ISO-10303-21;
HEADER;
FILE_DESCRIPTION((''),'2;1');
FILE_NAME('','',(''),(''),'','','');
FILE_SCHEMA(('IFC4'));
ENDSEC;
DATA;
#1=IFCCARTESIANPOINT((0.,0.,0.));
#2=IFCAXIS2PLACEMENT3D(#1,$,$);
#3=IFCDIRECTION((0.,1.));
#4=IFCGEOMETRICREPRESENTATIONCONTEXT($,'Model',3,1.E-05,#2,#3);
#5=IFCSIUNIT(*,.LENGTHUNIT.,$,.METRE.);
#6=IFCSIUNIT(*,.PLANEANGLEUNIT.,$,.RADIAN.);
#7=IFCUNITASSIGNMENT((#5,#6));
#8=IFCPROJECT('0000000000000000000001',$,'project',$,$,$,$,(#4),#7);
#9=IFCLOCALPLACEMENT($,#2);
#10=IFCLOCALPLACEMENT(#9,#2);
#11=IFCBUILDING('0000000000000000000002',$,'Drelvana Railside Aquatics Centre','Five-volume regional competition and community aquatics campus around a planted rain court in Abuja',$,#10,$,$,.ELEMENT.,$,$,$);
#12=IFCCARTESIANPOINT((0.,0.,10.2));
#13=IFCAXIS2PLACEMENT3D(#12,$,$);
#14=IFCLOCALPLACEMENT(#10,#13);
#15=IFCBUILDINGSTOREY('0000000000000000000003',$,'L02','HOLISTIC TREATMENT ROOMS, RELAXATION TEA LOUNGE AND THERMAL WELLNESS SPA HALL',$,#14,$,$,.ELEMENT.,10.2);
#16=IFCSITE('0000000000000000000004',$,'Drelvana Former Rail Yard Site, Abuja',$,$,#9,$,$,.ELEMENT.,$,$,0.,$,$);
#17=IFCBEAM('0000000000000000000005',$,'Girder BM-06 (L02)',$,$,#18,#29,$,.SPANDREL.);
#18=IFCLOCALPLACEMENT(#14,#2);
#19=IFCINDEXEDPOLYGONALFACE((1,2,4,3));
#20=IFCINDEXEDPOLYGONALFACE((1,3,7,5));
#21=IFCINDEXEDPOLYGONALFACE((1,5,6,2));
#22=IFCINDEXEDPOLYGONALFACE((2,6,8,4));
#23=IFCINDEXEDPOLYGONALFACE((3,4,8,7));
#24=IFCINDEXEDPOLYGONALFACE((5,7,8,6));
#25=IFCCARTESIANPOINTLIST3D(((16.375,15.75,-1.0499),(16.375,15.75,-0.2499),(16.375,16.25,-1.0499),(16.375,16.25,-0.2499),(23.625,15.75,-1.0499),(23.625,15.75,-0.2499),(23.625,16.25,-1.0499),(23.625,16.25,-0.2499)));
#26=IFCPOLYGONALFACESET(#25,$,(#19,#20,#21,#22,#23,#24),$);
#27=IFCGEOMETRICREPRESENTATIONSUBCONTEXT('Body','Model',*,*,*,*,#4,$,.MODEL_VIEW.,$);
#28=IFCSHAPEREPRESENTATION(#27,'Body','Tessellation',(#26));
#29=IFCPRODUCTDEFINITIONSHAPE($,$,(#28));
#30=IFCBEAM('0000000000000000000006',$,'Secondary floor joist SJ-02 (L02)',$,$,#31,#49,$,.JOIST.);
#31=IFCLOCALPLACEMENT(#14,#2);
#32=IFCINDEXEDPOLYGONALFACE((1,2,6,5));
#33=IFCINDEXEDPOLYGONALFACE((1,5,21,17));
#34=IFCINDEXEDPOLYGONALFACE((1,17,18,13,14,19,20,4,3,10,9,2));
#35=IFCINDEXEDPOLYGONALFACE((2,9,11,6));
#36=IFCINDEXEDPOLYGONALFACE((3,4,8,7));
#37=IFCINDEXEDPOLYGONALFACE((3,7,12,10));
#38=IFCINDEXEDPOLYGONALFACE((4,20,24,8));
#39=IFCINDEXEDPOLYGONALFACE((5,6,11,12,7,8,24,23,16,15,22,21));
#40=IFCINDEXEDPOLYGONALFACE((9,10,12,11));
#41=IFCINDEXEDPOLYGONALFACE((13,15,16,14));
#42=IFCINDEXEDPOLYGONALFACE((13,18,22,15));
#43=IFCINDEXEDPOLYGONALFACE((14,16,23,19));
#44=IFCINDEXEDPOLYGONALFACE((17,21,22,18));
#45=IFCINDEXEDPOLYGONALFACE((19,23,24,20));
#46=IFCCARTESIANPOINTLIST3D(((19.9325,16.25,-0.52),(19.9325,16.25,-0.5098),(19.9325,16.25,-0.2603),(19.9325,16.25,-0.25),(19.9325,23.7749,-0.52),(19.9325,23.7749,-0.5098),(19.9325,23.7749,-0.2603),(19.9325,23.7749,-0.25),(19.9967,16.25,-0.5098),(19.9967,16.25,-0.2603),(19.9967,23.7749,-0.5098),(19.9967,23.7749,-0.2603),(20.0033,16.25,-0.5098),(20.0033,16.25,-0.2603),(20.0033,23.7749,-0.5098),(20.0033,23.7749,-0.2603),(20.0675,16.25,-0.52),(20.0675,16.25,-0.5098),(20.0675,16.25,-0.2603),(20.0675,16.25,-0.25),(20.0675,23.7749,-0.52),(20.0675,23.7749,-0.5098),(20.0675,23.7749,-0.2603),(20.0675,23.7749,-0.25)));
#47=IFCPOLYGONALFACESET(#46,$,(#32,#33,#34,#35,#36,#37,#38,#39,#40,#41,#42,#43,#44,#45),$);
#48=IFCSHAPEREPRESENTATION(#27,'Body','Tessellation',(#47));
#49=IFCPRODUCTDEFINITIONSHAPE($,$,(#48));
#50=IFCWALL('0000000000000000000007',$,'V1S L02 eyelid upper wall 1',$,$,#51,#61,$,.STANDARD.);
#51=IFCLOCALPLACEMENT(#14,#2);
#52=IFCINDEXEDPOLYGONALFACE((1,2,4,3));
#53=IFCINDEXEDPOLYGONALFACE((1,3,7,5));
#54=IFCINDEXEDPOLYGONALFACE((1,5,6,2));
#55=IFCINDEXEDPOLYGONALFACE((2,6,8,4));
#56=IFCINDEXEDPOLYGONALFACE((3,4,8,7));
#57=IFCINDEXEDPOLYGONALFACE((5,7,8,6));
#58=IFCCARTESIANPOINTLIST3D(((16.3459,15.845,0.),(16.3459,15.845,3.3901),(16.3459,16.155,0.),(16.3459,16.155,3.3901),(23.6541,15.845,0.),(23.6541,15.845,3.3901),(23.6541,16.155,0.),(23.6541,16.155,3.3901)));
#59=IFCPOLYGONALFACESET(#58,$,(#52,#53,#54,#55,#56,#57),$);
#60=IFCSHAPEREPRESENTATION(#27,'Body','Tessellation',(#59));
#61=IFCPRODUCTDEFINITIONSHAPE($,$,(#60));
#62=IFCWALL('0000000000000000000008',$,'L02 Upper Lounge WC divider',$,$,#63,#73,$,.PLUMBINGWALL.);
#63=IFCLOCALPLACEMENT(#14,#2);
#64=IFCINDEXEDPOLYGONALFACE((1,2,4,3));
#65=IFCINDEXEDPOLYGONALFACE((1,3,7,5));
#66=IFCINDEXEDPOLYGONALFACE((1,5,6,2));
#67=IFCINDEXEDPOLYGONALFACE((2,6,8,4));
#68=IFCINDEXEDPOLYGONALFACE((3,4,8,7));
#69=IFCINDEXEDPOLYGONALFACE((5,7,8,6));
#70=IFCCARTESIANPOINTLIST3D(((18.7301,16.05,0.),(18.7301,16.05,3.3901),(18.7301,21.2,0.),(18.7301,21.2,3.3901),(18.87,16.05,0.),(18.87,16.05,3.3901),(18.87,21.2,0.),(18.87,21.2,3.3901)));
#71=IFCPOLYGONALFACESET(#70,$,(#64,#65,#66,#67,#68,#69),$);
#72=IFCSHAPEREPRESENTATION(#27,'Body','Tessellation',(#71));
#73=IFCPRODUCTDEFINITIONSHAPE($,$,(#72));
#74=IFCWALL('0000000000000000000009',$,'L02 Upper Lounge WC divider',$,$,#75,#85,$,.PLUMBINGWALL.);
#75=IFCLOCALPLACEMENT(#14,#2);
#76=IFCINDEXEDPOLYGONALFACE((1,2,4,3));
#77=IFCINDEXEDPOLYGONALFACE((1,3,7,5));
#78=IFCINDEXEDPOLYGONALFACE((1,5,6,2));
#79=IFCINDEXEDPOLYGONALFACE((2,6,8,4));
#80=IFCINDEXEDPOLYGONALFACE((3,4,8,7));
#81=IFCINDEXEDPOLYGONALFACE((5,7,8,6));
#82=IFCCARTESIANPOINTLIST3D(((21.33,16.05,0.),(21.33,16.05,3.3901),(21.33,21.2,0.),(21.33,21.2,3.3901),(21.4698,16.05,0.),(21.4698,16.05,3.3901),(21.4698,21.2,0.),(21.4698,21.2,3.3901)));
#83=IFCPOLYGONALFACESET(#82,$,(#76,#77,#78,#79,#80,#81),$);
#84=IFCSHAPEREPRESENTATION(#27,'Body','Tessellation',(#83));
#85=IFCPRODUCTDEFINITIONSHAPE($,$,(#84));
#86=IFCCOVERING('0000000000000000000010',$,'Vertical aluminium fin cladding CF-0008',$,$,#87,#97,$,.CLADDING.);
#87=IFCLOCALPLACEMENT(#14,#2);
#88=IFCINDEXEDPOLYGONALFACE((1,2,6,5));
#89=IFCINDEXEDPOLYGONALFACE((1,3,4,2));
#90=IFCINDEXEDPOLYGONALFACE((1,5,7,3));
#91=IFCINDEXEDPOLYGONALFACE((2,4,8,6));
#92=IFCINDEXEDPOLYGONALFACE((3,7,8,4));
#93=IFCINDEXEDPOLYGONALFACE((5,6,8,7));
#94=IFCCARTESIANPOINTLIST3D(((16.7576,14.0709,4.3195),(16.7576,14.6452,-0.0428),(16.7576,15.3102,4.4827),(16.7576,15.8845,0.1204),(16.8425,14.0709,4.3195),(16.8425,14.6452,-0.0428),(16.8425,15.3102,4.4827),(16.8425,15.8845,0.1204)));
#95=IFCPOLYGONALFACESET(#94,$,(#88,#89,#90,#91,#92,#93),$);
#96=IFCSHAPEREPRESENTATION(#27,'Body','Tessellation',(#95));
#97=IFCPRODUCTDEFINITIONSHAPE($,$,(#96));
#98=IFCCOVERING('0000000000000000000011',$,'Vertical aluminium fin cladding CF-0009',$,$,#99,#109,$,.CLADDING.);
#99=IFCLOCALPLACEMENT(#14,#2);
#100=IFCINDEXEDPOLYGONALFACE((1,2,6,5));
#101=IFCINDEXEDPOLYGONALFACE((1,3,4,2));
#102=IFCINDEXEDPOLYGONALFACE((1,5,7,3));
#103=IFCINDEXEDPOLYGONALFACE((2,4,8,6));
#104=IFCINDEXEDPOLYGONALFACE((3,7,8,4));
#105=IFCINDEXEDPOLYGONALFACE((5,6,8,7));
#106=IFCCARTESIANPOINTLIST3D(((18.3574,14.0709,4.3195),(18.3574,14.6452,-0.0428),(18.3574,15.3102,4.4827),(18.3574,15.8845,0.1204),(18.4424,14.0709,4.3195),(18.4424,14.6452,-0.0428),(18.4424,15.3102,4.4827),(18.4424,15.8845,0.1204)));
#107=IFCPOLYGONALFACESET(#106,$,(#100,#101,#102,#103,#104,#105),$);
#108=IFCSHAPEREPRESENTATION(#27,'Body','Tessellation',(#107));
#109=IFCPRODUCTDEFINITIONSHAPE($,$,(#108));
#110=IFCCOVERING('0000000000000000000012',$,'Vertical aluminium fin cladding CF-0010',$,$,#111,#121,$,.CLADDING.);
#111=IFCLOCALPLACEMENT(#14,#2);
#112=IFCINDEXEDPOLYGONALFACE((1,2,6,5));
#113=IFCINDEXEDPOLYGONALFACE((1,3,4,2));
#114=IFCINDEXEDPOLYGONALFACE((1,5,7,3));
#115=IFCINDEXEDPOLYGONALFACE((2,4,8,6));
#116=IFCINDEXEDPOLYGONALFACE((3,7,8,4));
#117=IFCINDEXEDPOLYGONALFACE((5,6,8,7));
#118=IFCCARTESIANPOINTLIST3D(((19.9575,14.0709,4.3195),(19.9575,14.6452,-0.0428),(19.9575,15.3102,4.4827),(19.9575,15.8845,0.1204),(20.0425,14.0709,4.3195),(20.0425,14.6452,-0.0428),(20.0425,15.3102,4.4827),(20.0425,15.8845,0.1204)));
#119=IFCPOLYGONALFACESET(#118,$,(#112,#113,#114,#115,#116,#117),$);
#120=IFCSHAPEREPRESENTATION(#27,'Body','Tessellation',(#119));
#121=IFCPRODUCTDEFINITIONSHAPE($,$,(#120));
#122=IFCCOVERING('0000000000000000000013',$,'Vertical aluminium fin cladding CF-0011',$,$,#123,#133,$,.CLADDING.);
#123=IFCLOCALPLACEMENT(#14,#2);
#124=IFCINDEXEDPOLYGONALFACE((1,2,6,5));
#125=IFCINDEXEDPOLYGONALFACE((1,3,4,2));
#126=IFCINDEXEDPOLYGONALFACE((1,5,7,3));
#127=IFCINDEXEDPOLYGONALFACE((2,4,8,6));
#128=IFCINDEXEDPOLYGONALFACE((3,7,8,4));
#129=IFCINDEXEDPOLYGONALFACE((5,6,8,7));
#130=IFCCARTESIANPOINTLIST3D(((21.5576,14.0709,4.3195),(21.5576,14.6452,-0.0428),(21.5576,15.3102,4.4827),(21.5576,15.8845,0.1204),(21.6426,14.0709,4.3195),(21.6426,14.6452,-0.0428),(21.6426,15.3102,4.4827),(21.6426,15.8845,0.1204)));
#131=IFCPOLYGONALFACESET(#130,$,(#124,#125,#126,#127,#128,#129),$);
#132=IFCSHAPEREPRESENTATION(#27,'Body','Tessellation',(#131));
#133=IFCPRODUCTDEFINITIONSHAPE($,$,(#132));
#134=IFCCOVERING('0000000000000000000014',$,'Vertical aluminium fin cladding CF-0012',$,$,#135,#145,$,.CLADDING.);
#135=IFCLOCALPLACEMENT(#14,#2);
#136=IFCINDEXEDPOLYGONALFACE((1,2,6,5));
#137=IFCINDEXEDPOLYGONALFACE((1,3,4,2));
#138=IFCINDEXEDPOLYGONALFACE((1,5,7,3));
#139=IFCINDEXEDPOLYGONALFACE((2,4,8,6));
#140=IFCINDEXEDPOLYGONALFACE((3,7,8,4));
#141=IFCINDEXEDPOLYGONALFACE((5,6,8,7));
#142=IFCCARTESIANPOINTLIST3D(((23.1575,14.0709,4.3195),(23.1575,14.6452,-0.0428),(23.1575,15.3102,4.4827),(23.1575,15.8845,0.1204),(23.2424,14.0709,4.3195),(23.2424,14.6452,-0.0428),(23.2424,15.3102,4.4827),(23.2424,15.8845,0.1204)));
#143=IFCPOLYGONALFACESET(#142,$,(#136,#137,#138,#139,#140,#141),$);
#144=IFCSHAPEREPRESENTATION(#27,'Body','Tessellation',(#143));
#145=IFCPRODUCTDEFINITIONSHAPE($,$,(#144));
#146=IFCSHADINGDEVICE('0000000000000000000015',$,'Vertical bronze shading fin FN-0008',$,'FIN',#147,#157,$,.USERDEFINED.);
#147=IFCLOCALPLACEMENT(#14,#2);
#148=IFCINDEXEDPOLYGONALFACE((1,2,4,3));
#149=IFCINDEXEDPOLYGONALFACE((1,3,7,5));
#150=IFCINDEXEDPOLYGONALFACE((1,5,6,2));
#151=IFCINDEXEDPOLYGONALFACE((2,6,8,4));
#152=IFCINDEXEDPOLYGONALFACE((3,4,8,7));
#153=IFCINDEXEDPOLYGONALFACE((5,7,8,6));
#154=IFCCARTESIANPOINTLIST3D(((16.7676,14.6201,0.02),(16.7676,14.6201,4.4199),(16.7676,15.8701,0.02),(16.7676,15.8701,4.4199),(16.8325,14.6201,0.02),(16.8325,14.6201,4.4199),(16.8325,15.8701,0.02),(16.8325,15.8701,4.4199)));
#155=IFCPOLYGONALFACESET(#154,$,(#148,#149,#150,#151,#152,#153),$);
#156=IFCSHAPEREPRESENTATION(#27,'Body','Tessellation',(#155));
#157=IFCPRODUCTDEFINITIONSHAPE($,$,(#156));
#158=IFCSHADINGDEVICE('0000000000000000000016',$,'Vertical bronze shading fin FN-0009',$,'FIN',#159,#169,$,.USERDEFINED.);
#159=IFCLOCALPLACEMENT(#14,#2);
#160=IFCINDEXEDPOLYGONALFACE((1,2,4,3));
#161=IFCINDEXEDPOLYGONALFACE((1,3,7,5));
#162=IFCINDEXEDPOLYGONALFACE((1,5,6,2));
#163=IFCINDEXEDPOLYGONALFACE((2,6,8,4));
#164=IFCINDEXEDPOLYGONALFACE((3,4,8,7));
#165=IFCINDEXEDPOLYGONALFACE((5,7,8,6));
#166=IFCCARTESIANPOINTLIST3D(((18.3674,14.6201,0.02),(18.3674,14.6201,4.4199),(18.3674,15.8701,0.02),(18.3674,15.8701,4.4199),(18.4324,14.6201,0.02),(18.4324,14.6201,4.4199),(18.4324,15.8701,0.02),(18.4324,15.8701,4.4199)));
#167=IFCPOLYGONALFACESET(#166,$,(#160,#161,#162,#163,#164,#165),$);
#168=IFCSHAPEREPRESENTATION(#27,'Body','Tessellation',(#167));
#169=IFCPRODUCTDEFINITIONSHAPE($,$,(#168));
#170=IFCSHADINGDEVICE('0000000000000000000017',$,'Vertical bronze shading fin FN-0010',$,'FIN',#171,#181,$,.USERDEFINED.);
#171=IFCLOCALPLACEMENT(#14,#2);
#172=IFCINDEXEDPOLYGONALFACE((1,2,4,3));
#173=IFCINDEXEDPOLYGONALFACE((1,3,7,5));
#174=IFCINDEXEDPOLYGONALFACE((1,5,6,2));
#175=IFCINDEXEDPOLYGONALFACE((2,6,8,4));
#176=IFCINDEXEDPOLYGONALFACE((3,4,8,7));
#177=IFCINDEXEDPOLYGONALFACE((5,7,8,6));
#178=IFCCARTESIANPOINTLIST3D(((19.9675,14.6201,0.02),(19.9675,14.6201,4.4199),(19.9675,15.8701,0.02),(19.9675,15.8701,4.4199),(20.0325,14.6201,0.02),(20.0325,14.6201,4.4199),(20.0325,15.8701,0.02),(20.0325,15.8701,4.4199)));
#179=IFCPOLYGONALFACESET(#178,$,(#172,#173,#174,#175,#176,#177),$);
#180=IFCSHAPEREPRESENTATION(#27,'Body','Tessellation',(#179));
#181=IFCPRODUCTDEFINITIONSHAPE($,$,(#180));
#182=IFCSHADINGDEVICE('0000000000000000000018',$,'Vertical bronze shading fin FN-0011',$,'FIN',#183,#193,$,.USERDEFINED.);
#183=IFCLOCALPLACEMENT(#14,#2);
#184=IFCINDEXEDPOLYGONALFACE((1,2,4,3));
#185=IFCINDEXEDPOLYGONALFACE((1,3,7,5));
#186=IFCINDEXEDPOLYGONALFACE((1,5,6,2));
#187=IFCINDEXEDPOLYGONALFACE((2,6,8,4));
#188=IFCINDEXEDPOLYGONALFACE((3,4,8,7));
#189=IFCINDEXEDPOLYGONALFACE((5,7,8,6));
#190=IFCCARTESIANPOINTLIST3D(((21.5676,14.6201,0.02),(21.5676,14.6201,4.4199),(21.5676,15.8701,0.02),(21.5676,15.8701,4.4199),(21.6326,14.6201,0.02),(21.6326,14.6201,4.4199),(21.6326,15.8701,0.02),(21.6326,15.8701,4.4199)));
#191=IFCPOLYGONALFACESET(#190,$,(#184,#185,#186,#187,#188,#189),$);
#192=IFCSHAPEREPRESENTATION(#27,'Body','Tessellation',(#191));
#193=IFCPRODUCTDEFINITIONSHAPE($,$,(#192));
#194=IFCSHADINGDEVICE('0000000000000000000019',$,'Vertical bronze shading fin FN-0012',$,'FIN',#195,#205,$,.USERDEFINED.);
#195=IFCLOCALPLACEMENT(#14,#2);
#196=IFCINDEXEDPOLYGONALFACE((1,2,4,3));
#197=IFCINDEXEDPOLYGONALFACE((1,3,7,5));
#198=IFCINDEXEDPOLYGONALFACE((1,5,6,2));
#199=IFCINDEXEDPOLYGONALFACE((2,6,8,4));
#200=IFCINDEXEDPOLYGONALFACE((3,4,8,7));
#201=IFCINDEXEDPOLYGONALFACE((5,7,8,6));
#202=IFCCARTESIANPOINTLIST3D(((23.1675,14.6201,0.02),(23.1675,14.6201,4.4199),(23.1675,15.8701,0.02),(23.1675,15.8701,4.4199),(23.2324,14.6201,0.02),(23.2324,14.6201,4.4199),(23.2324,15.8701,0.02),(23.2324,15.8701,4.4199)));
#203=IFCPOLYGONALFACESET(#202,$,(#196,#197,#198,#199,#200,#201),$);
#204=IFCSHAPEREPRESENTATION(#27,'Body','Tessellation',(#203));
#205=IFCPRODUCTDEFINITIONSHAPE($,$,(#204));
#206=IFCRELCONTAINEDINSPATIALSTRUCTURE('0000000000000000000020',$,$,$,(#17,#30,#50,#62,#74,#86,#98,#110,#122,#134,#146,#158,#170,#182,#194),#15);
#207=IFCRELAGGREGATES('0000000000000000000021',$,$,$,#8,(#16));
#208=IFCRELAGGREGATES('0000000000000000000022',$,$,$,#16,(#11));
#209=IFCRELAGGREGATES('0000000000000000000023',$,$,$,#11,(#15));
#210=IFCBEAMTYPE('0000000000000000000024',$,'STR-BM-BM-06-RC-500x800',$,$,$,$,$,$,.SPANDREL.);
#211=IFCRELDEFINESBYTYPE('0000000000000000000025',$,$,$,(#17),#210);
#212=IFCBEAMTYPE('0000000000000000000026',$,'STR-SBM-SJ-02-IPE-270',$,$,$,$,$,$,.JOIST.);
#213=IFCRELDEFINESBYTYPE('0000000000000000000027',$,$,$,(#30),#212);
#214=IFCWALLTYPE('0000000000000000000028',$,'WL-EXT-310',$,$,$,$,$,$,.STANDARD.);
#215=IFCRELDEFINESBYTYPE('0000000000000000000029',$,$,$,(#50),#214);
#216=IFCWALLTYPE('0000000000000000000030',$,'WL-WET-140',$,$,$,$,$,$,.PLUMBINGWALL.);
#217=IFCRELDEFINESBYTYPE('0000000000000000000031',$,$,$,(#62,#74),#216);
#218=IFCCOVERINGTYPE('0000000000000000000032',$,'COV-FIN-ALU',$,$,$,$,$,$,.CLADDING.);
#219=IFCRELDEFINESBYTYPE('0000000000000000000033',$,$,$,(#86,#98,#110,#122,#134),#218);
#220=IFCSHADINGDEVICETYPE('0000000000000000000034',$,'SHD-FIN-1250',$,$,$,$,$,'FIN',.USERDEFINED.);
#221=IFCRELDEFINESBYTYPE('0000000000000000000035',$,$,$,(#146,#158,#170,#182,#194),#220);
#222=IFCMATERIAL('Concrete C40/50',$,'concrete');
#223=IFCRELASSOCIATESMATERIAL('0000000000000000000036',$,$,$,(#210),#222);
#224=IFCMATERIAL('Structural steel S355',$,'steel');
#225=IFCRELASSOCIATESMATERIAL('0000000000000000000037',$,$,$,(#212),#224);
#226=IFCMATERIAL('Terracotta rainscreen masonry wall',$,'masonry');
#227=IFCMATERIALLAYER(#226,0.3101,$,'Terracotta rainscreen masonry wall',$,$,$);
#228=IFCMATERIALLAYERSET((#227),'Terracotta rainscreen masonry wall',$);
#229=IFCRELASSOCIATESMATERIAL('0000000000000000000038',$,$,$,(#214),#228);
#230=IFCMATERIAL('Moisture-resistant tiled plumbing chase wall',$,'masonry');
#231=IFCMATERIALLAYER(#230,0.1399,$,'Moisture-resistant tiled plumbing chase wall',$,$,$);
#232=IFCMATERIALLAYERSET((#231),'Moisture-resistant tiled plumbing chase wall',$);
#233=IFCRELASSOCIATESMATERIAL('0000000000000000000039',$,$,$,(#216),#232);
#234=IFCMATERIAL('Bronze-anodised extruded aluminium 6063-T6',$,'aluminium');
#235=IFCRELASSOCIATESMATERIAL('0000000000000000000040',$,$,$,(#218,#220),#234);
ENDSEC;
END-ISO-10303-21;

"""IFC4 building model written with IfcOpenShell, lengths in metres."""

from ifc_helpers import new_model, si_unit, direction, frame, frame_2d, origin, origin_2d, place, context, subcontext, project, spatial, rectangle, i_section, extrude, material, layer, layer_set, material_profile, profile_set, type_object, element, save


model = new_model("IFC4")

# Units and contexts
model_context = context("Model", 3, precision=1e-05, world=origin(), true_north=direction((0.0, 1.0)))
body_context = subcontext(model_context, "Body", "Model", "MODEL_VIEW")
ifc_project = project(units=[si_unit("LENGTHUNIT", "METRE"), si_unit("PLANEANGLEUNIT", "RADIAN")], contexts=[model_context])

# Site, building, storey
site_placement = place(None, origin())
site = spatial("IfcSite", under=ifc_project, at=site_placement, Name="Drelvana Former Rail Yard Site, Abuja", CompositionType="ELEMENT", RefElevation=0.0)
building_placement = place(site_placement, origin())
building = spatial("IfcBuilding", under=site, at=building_placement, Name="Drelvana Railside Aquatics Centre", Description="Five-volume regional competition and community aquatics campus around a planted rain court in Abuja", CompositionType="ELEMENT")
storey_placement = place(building_placement, frame((0.0, 0.0, 10.2)))
storey = spatial("IfcBuildingStorey", under=building, at=storey_placement, Name="L02", Description="HOLISTIC TREATMENT ROOMS, RELAXATION TEA LOUNGE AND THERMAL WELLNESS SPA HALL", CompositionType="ELEMENT", Elevation=10.2)

# Beams
ifc_material_1 = material(Name="Concrete C40/50", Category="concrete")
ifc_material_profile_1 = material_profile(ifc_material_1, rectangle(XDim=0.5, YDim=0.8, at=origin_2d()), Name="RC 500x800")
ifc_profile_set_1 = profile_set([ifc_material_profile_1], Name="Concrete C40/50")
beam_type_1 = type_object("IfcBeamType", Name="STR-BM-BM-06-RC-500x800", PredefinedType="SPANDREL", material=ifc_profile_set_1)
beam_1_placement = place(storey_placement, frame((16.375, 16.0, -0.6499), z_axis=(1.0, 0.0, 0.0), x_axis=(0.0, 1.0, 0.0)))
element("IfcBeam", 1, at=beam_1_placement, inside=storey, type_object=beam_type_1, Name="Girder BM-06 (L02)", PredefinedType="SPANDREL", context=body_context, shape_type="SweptSolid", body=[
    extrude(rectangle(XDim=0.5, YDim=0.8, at=origin_2d()), origin(), (0.0, 0.0, 1.0), 7.25),
])
ifc_material_2 = material(Name="Structural steel S355", Category="steel")
ifc_material_profile_2 = material_profile(ifc_material_2, i_section(OverallWidth=0.135, OverallDepth=0.27, WebThickness=0.0066, FlangeThickness=0.0103, at=origin_2d()), Name="IPE 270")
ifc_profile_set_2 = profile_set([ifc_material_profile_2], Name="Structural steel S355")
beam_type_2 = type_object("IfcBeamType", Name="STR-SBM-SJ-02-IPE-270", PredefinedType="JOIST", material=ifc_profile_set_2)
beam_2_placement = place(storey_placement, frame((20.0, 16.25, -0.385), z_axis=(0.0, 1.0, 0.0), x_axis=(-1.0, 0.0, 0.0)))
element("IfcBeam", 2, at=beam_2_placement, inside=storey, type_object=beam_type_2, Name="Secondary floor joist SJ-02 (L02)", PredefinedType="JOIST", context=body_context, shape_type="SweptSolid", body=[
    extrude(i_section(OverallWidth=0.135, OverallDepth=0.27, WebThickness=0.0066, FlangeThickness=0.0103, at=origin_2d()), origin(), (0.0, 0.0, 1.0), 7.5249),
])

# Walls
ifc_material_3 = material(Name="Terracotta rainscreen masonry wall", Category="masonry")
ifc_layer_1 = layer(ifc_material_3, 0.3101, Name="Terracotta rainscreen masonry wall")
ifc_layer_set_1 = layer_set([ifc_layer_1], Name="Terracotta rainscreen masonry wall")
wall_type_1 = type_object("IfcWallType", Name="WL-EXT-310", PredefinedType="STANDARD", material=ifc_layer_set_1)
wall_placement = place(storey_placement, frame((16.3459, 16.0, 0.0), z_axis=(0.0, 0.0, 1.0), x_axis=(1.0, 0.0, 0.0)))
element("IfcWall", 3, at=wall_placement, inside=storey, type_object=wall_type_1, Name="V1S L02 eyelid upper wall 1", PredefinedType="STANDARD", context=body_context, shape_type="SweptSolid", body=[
    extrude(rectangle(XDim=7.3081, YDim=0.3101, at=frame_2d((3.6541, 0.0))), origin(), (0.0, 0.0, 1.0), 3.3901),
])
ifc_material_4 = material(Name="Moisture-resistant tiled plumbing chase wall", Category="masonry")
ifc_layer_2 = layer(ifc_material_4, 0.1399, Name="Moisture-resistant tiled plumbing chase wall")
ifc_layer_set_2 = layer_set([ifc_layer_2], Name="Moisture-resistant tiled plumbing chase wall")
wall_type_2 = type_object("IfcWallType", Name="WL-WET-140", PredefinedType="PLUMBINGWALL", material=ifc_layer_set_2)
for number, where, z_axis, x_axis, name in (
    (4, (18.8, 16.05, 0.0), (0.0, 0.0, 1.0), (0.0, 1.0, 0.0), "L02 Upper Lounge WC divider"),
    (5, (21.3999, 16.05, 0.0), (0.0, 0.0, 1.0), (0.0, 1.0, 0.0), "L02 Upper Lounge WC divider"),
):
    element("IfcWall", number, at=place(storey_placement, frame(where, z_axis=z_axis, x_axis=x_axis)), inside=storey, type_object=wall_type_2, Name=name, PredefinedType="PLUMBINGWALL", context=body_context, shape_type="SweptSolid", body=[
        extrude(rectangle(XDim=5.1499, YDim=0.1399, at=frame_2d((2.575, 0.0))), origin(), (0.0, 0.0, 1.0), 3.3901),
    ])

# Coverings
ifc_material_5 = material(Name="Bronze-anodised extruded aluminium 6063-T6", Category="aluminium")
covering_type = type_object("IfcCoveringType", Name="COV-FIN-ALU", PredefinedType="CLADDING", material=ifc_material_5)
for number, where, z_axis, x_axis, name in (
    (6, (16.8, 15.2649, 0.0388), (0.0, -0.130526, 0.991445), (-1.0, 0.0, 0.0), "Vertical aluminium fin cladding CF-0008"),
    (7, (18.3999, 15.2649, 0.0388), (0.0, -0.130526, 0.991445), (-1.0, 0.0, 0.0), "Vertical aluminium fin cladding CF-0009"),
    (8, (20.0, 15.2649, 0.0388), (0.0, -0.130526, 0.991445), (-1.0, 0.0, 0.0), "Vertical aluminium fin cladding CF-0010"),
    (9, (21.6001, 15.2649, 0.0388), (0.0, -0.130526, 0.991445), (-1.0, 0.0, 0.0), "Vertical aluminium fin cladding CF-0011"),
    (10, (23.2, 15.2649, 0.0388), (0.0, -0.130526, 0.991445), (-1.0, 0.0, 0.0), "Vertical aluminium fin cladding CF-0012"),
):
    element("IfcCovering", number, at=place(storey_placement, frame(where, z_axis=z_axis, x_axis=x_axis)), inside=storey, type_object=covering_type, Name=name, PredefinedType="CLADDING", context=body_context, shape_type="SweptSolid", body=[
        extrude(rectangle(XDim=0.085, YDim=1.25, at=origin_2d()), origin(), (0.0, 0.0, 1.0), 4.3999),
    ])

# Shading devices
shading_device_type = type_object("IfcShadingDeviceType", Name="SHD-FIN-1250", ElementType="FIN", PredefinedType="USERDEFINED", material=ifc_material_5)
for number, where, z_axis, x_axis, name in (
    (11, (16.8, 15.2451, 0.02), (0.0, 0.0, 1.0), (0.0, -1.0, 0.0), "Vertical bronze shading fin FN-0008"),
    (12, (18.3999, 15.2451, 0.02), (0.0, 0.0, 1.0), (0.0, -1.0, 0.0), "Vertical bronze shading fin FN-0009"),
    (13, (20.0, 15.2451, 0.02), (0.0, 0.0, 1.0), (0.0, -1.0, 0.0), "Vertical bronze shading fin FN-0010"),
    (14, (21.6001, 15.2451, 0.02), (0.0, 0.0, 1.0), (0.0, -1.0, 0.0), "Vertical bronze shading fin FN-0011"),
    (15, (23.2, 15.2451, 0.02), (0.0, 0.0, 1.0), (0.0, -1.0, 0.0), "Vertical bronze shading fin FN-0012"),
):
    element("IfcShadingDevice", number, at=place(storey_placement, frame(where, z_axis=z_axis, x_axis=x_axis)), inside=storey, type_object=shading_device_type, Name=name, ObjectType="FIN", PredefinedType="USERDEFINED", context=body_context, shape_type="SweptSolid", body=[
        extrude(rectangle(XDim=1.25, YDim=0.0649, at=origin_2d()), origin(), (0.0, 0.0, 1.0), 4.3999),
    ])

save(model, "model.ifc")
